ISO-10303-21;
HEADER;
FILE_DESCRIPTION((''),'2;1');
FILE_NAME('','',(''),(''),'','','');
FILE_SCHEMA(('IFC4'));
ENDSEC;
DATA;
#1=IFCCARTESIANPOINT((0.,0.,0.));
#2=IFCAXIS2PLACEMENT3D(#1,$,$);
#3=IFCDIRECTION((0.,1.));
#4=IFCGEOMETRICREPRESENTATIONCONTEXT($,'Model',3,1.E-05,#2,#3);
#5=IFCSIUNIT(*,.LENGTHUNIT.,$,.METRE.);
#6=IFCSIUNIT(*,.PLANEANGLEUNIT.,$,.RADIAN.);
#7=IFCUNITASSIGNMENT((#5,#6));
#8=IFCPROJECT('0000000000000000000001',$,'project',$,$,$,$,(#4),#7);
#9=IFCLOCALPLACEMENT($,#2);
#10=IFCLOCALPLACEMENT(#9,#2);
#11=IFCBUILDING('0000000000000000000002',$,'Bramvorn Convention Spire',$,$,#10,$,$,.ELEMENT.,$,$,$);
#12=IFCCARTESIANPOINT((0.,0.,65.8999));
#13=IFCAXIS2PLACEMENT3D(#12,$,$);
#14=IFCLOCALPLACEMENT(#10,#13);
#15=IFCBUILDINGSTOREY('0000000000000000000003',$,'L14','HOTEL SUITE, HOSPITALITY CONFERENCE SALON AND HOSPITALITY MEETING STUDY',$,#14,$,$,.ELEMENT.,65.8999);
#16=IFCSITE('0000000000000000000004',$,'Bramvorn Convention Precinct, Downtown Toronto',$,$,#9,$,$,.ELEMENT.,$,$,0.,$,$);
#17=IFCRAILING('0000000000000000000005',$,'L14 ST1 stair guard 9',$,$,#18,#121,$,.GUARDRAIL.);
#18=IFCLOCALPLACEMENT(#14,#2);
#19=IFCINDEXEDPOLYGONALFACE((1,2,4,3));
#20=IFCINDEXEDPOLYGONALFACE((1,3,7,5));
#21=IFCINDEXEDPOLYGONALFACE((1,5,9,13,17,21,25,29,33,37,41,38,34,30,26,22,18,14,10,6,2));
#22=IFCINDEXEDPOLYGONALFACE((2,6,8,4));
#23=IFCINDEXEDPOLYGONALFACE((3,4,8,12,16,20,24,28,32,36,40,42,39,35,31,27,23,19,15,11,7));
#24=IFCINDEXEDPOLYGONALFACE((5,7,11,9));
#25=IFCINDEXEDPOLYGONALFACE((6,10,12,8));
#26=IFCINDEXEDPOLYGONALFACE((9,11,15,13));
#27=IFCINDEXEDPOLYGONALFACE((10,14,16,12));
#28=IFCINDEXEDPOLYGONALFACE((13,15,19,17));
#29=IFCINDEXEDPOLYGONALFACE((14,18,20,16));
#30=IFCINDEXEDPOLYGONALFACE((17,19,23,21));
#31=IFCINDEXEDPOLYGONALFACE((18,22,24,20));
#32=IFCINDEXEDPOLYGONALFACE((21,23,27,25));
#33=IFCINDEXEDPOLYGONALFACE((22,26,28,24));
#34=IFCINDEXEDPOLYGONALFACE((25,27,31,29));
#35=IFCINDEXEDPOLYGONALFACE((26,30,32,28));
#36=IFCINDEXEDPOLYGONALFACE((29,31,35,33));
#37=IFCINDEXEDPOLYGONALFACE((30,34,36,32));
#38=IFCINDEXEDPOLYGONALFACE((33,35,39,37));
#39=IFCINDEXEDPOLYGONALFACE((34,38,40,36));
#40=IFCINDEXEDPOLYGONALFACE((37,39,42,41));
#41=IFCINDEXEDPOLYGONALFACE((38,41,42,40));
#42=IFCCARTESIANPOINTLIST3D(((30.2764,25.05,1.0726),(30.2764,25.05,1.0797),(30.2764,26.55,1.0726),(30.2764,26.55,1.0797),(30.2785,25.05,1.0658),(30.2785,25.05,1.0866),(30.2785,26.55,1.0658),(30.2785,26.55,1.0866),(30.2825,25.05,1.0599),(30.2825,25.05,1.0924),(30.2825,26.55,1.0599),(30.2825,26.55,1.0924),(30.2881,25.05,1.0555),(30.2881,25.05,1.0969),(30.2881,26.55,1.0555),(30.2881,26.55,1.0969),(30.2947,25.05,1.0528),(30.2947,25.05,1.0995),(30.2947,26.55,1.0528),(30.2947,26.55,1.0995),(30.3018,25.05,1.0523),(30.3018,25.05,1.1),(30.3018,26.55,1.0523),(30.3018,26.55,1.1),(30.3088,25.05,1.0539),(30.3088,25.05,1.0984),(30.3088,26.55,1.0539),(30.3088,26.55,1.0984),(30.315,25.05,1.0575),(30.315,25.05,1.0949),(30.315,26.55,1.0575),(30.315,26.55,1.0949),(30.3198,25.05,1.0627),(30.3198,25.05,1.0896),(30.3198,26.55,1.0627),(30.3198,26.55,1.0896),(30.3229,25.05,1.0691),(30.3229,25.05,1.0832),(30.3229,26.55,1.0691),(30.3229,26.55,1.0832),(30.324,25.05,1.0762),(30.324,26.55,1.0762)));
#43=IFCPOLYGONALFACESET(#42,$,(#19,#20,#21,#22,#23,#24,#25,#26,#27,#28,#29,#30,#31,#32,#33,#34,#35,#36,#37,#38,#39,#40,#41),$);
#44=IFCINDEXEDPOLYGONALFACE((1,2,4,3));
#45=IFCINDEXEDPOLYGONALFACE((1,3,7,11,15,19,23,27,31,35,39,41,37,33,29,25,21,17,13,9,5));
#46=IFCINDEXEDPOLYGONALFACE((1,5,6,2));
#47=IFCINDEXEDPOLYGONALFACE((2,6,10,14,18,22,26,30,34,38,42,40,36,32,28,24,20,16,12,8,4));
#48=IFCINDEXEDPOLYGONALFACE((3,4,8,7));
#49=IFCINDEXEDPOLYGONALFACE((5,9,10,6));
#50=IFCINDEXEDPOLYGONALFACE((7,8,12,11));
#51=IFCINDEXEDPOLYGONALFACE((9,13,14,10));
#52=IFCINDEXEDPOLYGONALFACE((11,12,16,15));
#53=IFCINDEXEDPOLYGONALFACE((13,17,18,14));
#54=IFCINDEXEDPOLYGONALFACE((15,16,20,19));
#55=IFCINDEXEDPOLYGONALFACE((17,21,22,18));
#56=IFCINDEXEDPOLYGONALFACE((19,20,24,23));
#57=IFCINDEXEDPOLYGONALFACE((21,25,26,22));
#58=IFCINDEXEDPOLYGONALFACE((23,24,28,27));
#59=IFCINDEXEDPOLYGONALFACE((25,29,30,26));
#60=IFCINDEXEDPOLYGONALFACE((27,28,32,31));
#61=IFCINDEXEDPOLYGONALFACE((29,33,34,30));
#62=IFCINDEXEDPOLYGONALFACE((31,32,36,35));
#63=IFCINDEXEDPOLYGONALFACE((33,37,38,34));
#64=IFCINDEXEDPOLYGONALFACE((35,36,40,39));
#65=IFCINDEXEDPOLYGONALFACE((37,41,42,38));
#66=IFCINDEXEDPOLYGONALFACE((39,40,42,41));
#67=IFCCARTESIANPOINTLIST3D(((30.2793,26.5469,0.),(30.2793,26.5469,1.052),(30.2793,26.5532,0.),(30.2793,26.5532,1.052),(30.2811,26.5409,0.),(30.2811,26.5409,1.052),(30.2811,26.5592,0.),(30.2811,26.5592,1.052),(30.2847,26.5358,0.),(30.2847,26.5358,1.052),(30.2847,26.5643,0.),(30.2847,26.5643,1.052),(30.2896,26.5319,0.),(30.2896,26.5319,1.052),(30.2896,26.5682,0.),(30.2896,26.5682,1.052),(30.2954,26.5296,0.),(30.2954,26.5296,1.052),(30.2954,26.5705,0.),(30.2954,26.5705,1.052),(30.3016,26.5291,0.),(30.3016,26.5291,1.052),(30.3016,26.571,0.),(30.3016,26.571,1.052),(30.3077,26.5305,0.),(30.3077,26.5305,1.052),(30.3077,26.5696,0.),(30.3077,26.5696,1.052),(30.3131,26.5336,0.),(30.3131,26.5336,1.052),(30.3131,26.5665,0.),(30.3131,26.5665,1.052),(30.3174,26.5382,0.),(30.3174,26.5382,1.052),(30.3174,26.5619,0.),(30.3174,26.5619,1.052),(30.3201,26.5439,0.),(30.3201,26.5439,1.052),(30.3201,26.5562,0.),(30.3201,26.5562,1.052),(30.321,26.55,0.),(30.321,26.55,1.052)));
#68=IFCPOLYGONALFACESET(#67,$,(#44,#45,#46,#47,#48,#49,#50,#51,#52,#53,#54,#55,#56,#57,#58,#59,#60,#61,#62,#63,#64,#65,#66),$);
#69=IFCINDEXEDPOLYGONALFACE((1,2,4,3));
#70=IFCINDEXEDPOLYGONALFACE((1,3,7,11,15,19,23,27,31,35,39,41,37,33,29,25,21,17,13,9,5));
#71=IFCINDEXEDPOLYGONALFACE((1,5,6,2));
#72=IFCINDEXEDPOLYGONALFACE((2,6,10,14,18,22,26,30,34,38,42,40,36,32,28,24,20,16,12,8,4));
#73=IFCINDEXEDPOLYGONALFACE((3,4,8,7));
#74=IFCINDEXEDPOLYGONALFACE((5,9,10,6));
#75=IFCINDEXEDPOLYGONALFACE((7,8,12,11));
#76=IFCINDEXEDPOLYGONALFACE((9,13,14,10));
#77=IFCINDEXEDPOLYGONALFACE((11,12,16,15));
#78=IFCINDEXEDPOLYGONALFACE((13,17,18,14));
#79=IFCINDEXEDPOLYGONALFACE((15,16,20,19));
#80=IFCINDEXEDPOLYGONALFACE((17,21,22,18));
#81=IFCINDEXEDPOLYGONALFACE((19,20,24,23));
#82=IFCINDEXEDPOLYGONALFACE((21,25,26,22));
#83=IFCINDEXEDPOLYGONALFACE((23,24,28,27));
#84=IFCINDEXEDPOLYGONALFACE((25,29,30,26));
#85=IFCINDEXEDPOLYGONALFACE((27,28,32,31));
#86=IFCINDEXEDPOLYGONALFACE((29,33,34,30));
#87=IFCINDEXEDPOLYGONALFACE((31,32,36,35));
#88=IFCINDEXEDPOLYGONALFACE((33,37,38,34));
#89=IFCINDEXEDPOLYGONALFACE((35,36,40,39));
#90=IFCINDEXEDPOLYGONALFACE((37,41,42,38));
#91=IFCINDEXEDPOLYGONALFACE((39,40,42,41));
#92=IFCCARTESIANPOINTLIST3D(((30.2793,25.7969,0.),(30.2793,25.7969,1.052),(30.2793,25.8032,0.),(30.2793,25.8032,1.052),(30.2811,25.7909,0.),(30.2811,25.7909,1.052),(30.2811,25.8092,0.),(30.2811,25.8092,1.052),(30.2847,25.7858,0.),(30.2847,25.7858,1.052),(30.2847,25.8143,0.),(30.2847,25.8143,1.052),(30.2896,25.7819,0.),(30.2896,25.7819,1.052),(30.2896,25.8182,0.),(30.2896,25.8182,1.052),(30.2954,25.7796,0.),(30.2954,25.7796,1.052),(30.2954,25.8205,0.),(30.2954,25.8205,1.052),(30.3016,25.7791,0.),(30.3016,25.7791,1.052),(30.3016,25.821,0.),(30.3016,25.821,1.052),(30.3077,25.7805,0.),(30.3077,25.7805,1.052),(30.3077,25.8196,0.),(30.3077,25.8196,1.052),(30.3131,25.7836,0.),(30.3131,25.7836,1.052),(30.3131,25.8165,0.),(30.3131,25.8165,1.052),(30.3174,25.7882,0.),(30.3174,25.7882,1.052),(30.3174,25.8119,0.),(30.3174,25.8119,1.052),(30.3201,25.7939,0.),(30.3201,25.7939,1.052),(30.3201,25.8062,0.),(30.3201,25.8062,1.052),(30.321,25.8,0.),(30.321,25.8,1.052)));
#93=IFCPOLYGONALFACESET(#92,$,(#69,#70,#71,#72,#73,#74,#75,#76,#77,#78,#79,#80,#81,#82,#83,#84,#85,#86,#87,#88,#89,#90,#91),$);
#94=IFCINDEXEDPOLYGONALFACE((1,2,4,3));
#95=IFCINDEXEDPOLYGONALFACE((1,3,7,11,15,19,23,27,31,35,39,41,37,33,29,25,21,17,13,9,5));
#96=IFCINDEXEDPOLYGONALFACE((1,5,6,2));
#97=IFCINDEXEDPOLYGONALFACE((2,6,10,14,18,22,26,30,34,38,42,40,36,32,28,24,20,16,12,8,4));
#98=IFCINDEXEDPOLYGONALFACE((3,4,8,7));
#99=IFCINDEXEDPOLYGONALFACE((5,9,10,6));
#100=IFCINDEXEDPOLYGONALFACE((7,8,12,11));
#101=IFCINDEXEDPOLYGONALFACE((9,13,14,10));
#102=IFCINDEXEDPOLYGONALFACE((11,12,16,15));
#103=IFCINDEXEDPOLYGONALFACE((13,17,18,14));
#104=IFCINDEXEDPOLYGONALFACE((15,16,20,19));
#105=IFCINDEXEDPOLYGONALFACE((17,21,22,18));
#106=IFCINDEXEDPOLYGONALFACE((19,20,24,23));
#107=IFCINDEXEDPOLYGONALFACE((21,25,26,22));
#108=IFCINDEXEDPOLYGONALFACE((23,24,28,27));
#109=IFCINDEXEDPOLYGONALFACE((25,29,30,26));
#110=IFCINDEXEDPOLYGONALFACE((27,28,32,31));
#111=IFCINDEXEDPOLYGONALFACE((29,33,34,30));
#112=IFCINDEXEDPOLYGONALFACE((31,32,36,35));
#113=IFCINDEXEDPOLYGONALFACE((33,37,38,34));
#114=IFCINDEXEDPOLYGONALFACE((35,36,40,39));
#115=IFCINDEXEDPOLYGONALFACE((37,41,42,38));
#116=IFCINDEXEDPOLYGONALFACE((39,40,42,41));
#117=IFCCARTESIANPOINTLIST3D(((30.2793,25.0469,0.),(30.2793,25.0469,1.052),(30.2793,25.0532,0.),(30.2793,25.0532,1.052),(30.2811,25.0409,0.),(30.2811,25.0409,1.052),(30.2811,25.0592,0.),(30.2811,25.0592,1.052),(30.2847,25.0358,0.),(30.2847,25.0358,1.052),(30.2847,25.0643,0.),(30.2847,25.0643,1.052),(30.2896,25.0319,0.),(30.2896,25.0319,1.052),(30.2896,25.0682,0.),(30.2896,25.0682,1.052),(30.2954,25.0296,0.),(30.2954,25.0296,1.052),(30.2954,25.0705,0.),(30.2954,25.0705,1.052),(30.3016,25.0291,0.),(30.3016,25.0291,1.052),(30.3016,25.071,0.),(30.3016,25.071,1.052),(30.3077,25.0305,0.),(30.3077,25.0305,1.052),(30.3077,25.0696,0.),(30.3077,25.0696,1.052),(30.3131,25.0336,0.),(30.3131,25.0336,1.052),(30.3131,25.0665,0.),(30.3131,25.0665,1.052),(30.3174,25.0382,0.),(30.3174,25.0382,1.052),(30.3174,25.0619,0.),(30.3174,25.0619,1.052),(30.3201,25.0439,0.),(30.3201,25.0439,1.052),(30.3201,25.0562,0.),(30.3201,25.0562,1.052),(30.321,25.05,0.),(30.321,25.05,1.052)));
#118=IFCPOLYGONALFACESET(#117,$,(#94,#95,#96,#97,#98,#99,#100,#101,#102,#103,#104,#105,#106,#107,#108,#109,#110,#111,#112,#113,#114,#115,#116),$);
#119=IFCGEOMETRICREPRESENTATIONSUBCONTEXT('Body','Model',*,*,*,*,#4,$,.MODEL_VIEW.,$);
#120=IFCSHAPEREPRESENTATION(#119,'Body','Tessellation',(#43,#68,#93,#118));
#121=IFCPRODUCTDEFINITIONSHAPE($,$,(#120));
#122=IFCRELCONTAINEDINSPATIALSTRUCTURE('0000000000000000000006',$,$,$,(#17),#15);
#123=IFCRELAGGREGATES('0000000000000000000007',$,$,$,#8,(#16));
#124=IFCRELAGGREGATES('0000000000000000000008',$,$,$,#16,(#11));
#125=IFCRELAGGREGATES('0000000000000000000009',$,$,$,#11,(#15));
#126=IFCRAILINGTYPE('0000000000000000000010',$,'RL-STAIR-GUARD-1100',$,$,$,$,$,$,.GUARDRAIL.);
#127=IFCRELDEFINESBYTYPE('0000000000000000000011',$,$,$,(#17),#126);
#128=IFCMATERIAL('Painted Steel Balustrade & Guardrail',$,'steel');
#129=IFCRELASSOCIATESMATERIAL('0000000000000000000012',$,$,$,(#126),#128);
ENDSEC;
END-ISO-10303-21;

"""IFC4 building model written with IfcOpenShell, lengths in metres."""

from ifc_helpers import new_model, si_unit, direction, frame, origin, origin_2d, place, context, subcontext, project, spatial, circle, extrude, material, type_object, element, save


model = new_model("IFC4")

# Units and contexts
model_context = context("Model", 3, precision=1e-05, world=origin(), true_north=direction((0.0, 1.0)))
body_context = subcontext(model_context, "Body", "Model", "MODEL_VIEW")
ifc_project = project(units=[si_unit("LENGTHUNIT", "METRE"), si_unit("PLANEANGLEUNIT", "RADIAN")], contexts=[model_context])

# Site, building, storey
site_placement = place(None, origin())
site = spatial("IfcSite", under=ifc_project, at=site_placement, Name="Bramvorn Convention Precinct, Downtown Toronto", CompositionType="ELEMENT", RefElevation=0.0)
building_placement = place(site_placement, origin())
building = spatial("IfcBuilding", under=site, at=building_placement, Name="Bramvorn Convention Spire", CompositionType="ELEMENT")
storey_placement = place(building_placement, frame((0.0, 0.0, 65.8999)))
storey = spatial("IfcBuildingStorey", under=building, at=storey_placement, Name="L14", Description="HOTEL SUITE, HOSPITALITY CONFERENCE SALON AND HOSPITALITY MEETING STUDY", CompositionType="ELEMENT", Elevation=65.8999)

# Railing
ifc_material_1 = material(Name="Painted Steel Balustrade & Guardrail", Category="steel")
railing_type_1 = type_object("IfcRailingType", Name="RL-STAIR-GUARD-1100", PredefinedType="GUARDRAIL", material=ifc_material_1)
for number, where, name in (
    (1, (30.3, 26.55, 0.0), "L14 ST1 stair guard 9"),
):
    element("IfcRailing", number, at=place(storey_placement, frame(where)), inside=storey, type_object=railing_type_1, Name=name, PredefinedType="GUARDRAIL", context=body_context, shape_type="SweptSolid", body=[
        extrude(circle(Radius=0.0239, at=origin_2d()), frame((0.0, 0.0, 1.0762), z_axis=(0.0, -1.0, 0.0), x_axis=(1.0, 0.0, 0.0)), (0.0, 0.0, 1.0), 1.5),
        extrude(circle(Radius=0.021, at=origin_2d()), origin(), (0.0, 0.0, 1.0), 1.052),
        extrude(circle(Radius=0.021, at=origin_2d()), frame((0.0, -0.75, 0.0)), (0.0, 0.0, 1.0), 1.052),
        extrude(circle(Radius=0.021, at=origin_2d()), frame((0.0, -1.5, 0.0)), (0.0, 0.0, 1.0), 1.052),
    ])

save(model, "model.ifc")
